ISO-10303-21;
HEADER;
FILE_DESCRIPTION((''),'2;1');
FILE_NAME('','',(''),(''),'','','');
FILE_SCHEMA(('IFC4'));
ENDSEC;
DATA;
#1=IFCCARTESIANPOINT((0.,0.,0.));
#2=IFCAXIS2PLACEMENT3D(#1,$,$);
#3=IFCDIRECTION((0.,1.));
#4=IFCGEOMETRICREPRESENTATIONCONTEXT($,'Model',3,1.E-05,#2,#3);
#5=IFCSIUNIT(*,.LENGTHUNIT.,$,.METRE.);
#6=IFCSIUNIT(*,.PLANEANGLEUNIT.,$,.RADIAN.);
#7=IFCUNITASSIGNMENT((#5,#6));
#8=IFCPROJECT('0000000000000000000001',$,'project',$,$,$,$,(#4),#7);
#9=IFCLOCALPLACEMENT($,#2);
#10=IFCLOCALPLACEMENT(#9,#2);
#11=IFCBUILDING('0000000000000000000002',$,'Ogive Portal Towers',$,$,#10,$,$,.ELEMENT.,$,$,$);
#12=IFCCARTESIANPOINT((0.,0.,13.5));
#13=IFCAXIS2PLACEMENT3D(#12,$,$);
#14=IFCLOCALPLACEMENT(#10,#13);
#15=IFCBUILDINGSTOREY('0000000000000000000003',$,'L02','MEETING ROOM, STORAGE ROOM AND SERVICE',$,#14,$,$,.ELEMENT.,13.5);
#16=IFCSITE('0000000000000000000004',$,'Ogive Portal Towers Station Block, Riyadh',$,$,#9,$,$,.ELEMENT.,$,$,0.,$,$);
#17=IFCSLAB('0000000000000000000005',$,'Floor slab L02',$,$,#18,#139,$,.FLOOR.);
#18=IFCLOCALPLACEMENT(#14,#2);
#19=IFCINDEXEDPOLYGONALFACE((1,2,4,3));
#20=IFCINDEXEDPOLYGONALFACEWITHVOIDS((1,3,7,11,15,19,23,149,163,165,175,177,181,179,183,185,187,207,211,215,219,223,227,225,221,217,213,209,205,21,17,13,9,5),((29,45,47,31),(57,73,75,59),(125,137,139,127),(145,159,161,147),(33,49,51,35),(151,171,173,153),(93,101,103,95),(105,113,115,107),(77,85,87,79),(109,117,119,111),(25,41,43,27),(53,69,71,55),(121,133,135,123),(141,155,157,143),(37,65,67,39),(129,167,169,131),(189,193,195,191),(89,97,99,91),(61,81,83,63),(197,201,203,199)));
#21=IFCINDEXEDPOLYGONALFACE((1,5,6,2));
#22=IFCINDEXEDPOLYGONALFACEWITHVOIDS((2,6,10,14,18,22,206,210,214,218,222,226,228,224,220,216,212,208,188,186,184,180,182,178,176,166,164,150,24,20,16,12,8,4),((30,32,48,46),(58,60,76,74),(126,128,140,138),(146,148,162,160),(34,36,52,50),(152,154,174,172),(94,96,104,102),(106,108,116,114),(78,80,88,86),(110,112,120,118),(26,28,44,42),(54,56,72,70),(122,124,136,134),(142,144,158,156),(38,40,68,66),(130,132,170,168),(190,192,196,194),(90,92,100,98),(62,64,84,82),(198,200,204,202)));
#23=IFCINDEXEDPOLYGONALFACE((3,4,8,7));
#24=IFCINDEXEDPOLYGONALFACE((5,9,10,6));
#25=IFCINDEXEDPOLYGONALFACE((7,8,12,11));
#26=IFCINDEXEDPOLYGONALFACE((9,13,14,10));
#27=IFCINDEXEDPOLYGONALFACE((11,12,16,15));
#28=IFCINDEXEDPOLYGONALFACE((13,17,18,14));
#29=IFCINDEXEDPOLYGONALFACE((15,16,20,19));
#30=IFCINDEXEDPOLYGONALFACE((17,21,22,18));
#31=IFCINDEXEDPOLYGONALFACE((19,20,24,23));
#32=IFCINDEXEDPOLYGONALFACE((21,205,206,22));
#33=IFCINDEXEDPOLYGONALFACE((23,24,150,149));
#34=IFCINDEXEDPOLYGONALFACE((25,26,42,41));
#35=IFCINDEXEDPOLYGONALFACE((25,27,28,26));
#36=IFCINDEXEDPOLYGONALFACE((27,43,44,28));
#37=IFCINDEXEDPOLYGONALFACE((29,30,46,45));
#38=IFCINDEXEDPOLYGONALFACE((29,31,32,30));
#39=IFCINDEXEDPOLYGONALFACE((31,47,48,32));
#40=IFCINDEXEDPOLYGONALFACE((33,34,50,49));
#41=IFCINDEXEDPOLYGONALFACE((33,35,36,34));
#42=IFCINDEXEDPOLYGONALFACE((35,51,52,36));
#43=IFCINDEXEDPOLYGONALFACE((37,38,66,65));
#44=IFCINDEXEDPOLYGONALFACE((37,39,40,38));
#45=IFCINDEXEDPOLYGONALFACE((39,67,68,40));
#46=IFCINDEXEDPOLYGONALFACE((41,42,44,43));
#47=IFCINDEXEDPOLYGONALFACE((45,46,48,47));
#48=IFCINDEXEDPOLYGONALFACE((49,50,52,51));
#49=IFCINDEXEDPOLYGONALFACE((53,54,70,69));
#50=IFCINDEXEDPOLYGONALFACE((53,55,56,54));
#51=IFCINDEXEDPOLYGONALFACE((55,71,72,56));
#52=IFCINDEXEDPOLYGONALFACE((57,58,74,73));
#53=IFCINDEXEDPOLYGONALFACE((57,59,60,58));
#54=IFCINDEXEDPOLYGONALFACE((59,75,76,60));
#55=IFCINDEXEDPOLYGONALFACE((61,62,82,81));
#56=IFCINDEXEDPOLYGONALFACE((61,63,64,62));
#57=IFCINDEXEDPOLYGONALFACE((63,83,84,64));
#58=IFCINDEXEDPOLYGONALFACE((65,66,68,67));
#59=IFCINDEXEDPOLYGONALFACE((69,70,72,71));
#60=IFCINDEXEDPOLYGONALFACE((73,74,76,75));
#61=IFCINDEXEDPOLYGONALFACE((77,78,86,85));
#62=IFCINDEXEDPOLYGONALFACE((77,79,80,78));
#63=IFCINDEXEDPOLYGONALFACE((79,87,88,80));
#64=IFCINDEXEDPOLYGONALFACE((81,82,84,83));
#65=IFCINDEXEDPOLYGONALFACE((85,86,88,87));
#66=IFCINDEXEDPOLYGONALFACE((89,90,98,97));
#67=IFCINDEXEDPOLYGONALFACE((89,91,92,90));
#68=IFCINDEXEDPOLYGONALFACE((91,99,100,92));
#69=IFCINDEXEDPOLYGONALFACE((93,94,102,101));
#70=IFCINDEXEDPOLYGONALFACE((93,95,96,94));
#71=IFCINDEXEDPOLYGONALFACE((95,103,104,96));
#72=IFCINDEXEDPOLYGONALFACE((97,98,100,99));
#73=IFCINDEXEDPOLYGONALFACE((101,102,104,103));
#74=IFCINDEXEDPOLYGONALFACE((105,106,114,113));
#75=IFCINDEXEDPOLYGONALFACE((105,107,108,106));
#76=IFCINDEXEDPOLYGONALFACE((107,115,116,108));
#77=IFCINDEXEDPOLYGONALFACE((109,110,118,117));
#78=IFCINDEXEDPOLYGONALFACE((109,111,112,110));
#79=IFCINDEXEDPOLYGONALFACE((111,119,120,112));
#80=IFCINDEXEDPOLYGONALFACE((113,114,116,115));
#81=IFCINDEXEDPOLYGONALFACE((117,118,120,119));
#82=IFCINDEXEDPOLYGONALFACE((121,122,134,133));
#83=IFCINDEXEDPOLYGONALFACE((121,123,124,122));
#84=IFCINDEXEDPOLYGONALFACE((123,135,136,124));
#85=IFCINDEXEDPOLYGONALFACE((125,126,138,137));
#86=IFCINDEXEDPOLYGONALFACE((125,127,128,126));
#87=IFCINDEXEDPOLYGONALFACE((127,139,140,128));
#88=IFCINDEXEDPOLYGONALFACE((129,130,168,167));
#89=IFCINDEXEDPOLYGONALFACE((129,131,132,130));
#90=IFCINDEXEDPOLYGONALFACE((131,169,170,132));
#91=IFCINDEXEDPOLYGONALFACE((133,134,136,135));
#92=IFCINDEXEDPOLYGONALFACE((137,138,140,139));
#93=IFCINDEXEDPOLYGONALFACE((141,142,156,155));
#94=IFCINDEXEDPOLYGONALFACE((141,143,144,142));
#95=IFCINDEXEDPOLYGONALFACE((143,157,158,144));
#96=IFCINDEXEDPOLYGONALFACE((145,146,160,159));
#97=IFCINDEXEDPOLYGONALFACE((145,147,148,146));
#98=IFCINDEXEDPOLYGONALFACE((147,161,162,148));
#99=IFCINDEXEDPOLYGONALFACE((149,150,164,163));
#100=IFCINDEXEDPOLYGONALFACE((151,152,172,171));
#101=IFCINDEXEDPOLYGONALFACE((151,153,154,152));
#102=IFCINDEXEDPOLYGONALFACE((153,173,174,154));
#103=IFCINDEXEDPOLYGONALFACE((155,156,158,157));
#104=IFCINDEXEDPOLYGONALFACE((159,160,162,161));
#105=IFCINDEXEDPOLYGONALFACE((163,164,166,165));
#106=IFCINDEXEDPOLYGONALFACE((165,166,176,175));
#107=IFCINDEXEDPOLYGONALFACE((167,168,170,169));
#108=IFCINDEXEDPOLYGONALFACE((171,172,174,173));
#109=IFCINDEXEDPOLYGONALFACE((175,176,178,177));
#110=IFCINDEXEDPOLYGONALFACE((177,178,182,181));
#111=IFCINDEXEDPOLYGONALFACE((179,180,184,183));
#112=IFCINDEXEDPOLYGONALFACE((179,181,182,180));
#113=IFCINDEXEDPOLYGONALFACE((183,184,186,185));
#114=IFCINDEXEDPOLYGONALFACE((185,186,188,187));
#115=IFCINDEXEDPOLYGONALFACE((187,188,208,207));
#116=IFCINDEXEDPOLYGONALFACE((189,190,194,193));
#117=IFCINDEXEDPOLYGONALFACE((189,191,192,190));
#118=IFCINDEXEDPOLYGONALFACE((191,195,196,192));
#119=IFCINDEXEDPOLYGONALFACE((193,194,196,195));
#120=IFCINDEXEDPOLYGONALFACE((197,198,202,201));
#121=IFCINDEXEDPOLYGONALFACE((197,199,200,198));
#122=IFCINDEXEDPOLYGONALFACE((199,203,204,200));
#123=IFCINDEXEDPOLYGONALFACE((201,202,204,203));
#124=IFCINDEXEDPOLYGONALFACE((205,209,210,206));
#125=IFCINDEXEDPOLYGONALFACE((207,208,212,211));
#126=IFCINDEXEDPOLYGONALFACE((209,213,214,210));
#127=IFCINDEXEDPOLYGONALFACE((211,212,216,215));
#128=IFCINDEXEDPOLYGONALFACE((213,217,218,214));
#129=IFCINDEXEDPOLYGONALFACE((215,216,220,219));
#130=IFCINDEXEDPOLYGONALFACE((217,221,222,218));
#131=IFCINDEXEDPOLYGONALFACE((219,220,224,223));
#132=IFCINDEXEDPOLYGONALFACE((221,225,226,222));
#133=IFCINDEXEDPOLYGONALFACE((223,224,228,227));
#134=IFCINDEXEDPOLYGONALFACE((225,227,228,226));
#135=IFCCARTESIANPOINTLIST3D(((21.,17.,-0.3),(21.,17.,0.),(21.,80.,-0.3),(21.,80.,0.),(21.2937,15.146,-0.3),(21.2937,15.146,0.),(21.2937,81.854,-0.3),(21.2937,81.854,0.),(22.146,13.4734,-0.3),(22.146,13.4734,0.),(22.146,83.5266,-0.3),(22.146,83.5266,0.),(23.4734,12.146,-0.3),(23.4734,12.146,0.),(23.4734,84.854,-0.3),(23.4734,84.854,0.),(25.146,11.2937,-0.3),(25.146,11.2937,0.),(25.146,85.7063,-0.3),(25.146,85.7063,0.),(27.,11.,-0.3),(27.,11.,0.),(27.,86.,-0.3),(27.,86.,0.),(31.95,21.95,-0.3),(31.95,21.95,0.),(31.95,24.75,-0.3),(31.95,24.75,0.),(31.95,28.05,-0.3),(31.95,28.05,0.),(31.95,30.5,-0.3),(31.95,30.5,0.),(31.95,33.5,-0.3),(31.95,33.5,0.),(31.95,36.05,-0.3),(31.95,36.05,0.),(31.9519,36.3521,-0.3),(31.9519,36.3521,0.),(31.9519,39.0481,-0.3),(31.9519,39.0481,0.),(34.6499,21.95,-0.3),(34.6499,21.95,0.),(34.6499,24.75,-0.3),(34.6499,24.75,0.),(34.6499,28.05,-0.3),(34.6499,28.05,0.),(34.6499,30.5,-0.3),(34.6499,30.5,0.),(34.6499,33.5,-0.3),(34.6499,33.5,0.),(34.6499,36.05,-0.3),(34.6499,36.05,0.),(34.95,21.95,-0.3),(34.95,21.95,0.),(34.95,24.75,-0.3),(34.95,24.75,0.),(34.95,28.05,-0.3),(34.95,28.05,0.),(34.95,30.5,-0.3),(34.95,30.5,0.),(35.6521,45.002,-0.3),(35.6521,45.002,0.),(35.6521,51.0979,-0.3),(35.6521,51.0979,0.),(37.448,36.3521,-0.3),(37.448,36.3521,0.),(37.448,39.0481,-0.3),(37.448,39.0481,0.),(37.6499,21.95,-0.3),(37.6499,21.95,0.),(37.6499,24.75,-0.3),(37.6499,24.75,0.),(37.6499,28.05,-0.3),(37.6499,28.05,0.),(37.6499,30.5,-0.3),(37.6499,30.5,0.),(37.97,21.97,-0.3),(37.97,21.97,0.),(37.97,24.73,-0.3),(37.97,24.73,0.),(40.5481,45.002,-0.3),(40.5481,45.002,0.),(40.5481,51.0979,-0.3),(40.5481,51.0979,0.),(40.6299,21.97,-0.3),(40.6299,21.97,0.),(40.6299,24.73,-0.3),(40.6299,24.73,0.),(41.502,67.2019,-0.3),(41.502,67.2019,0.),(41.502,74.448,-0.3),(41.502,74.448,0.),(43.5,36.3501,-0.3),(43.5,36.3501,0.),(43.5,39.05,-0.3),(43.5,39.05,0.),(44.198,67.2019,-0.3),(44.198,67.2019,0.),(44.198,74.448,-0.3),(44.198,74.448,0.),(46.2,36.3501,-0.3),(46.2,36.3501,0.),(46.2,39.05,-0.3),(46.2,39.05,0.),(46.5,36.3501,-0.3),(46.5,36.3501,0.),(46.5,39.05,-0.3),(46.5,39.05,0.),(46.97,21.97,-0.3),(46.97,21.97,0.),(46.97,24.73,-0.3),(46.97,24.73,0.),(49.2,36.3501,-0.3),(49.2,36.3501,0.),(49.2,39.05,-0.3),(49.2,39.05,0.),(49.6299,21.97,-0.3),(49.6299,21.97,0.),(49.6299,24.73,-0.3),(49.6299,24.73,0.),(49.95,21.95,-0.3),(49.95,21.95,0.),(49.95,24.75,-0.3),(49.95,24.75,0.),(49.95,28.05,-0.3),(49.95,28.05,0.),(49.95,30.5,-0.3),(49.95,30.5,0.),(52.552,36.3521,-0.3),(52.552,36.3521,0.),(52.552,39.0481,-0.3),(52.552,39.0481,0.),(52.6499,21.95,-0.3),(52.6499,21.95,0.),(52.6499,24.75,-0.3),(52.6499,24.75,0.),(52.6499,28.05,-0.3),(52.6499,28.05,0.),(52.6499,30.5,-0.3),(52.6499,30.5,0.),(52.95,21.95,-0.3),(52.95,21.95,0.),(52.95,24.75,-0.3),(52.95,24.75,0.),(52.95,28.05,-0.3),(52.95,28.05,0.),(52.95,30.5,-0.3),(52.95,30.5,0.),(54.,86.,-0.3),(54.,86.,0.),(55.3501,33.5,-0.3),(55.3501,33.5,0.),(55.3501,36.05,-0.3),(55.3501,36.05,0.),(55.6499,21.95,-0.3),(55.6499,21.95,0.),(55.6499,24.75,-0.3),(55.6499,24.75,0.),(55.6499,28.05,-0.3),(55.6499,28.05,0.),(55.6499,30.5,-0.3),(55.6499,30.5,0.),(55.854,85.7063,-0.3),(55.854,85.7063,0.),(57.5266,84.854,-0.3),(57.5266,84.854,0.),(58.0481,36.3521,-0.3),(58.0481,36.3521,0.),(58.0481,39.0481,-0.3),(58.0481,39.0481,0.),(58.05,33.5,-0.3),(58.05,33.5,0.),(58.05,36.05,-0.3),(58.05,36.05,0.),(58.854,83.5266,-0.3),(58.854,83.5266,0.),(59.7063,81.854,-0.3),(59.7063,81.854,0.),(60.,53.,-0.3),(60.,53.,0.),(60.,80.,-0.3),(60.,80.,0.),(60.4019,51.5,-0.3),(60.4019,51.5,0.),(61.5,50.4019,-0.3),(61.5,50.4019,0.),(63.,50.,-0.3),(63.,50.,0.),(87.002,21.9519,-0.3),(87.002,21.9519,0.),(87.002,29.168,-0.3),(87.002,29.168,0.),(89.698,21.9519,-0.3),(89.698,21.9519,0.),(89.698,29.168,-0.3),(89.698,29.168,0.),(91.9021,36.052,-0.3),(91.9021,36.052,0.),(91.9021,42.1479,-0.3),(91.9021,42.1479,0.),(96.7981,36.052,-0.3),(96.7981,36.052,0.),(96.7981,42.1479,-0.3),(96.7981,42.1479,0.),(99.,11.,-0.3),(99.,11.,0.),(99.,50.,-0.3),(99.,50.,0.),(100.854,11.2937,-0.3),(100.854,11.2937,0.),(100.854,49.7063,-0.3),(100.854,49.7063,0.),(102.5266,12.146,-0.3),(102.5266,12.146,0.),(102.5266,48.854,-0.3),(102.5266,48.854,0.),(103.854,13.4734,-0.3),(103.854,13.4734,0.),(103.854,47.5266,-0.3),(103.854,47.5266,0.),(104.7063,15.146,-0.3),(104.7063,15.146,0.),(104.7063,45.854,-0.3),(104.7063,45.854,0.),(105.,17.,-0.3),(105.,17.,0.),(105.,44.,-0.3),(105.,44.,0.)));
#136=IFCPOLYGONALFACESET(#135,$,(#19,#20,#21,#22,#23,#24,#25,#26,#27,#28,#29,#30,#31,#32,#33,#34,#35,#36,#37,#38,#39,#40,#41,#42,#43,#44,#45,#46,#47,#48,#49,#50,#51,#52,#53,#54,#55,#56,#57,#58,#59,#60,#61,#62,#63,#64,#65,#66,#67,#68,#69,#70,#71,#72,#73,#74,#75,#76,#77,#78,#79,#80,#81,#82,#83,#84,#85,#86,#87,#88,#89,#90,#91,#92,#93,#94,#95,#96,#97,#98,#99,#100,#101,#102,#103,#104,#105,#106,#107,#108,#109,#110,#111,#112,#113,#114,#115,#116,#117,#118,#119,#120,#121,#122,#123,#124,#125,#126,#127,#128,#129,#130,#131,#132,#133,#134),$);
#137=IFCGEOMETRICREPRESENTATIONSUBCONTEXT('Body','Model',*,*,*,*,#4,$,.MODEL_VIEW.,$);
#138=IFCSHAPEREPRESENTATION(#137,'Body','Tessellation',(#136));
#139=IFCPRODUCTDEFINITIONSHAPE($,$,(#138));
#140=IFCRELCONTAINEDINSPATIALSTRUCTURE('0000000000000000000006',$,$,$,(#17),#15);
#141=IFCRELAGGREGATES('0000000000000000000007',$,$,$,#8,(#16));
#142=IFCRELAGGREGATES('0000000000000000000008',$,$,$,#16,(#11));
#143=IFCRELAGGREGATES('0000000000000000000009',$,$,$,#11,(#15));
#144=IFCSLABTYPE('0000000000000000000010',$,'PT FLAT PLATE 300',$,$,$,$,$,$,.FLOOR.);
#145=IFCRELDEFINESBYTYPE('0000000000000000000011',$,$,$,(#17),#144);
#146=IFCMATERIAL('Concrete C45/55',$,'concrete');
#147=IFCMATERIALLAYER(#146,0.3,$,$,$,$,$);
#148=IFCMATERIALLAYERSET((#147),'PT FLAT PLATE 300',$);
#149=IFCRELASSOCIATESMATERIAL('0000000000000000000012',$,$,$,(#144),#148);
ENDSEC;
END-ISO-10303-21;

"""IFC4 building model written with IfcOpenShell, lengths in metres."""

from ifc_helpers import new_model, si_unit, direction, frame, origin, place, context, subcontext, project, spatial, polyline, outline, extrude, material, layer, layer_set, type_object, element, save


model = new_model("IFC4")

# Units and contexts
model_context = context("Model", 3, precision=1e-05, world=origin(), true_north=direction((0.0, 1.0)))
body_context = subcontext(model_context, "Body", "Model", "MODEL_VIEW")
ifc_project = project(units=[si_unit("LENGTHUNIT", "METRE"), si_unit("PLANEANGLEUNIT", "RADIAN")], contexts=[model_context])

# Site, building, storey
site_placement = place(None, origin())
site = spatial("IfcSite", under=ifc_project, at=site_placement, Name="Ogive Portal Towers Station Block, Riyadh", CompositionType="ELEMENT", RefElevation=0.0)
building_placement = place(site_placement, origin())
building = spatial("IfcBuilding", under=site, at=building_placement, Name="Ogive Portal Towers", CompositionType="ELEMENT")
storey_placement = place(building_placement, frame((0.0, 0.0, 13.5)))
storey = spatial("IfcBuildingStorey", under=building, at=storey_placement, Name="L02", Description="MEETING ROOM, STORAGE ROOM AND SERVICE", CompositionType="ELEMENT", Elevation=13.5)

# Slab
ifc_material_1 = material(Name="Concrete C45/55", Category="concrete")
ifc_layer_1 = layer(ifc_material_1, 0.3)
ifc_layer_set_1 = layer_set([ifc_layer_1], Name="PT FLAT PLATE 300")
slab_type_1 = type_object("IfcSlabType", Name="PT FLAT PLATE 300", PredefinedType="FLOOR", material=ifc_layer_set_1)
slab_1_placement = place(storey_placement, frame((0.0, 0.0, -0.3)))
element("IfcSlab", 1, at=slab_1_placement, inside=storey, type_object=slab_type_1, Name="Floor slab L02", PredefinedType="FLOOR", context=body_context, shape_type="SweptSolid", body=[
    extrude(outline(polyline([(21.0, 80.0), (21.0, 17.0), (21.2937, 15.146), (22.146, 13.4734), (23.4734, 12.146), (25.146, 11.2937), (27.0, 11.0), (99.0, 11.0), (100.854, 11.2937), (102.5266, 12.146), (103.854, 13.4734), (104.7063, 15.146), (105.0, 17.0), (105.0, 44.0), (104.7063, 45.854), (103.854, 47.5266), (102.5266, 48.854), (100.854, 49.7063), (99.0, 50.0), (63.0, 50.0), (61.5, 50.4019), (60.4019, 51.5), (60.0, 53.0), (60.0, 80.0), (59.7063, 81.854), (58.854, 83.5266), (57.5266, 84.854), (55.854, 85.7063), (54.0, 86.0), (27.0, 86.0), (25.146, 85.7063), (23.4734, 84.854), (22.146, 83.5266), (21.2937, 81.854), (21.0, 80.0)]), holes=[polyline([(34.6499, 24.75), (34.6499, 21.95), (31.95, 21.95), (31.95, 24.75), (34.6499, 24.75)]), polyline([(37.6499, 24.75), (37.6499, 21.95), (34.95, 21.95), (34.95, 24.75), (37.6499, 24.75)]), polyline([(40.6299, 21.97), (37.97, 21.97), (37.97, 24.73), (40.6299, 24.73), (40.6299, 21.97)]), polyline([(34.6499, 28.05), (31.95, 28.05), (31.95, 30.5), (34.6499, 30.5), (34.6499, 28.05)]), polyline([(37.6499, 28.05), (34.95, 28.05), (34.95, 30.5), (37.6499, 30.5), (37.6499, 28.05)]), polyline([(34.6499, 36.05), (34.6499, 33.5), (31.95, 33.5), (31.95, 36.05), (34.6499, 36.05)]), polyline([(37.448, 39.0481), (37.448, 36.3521), (31.9519, 36.3521), (31.9519, 39.0481), (37.448, 39.0481)]), polyline([(46.2, 36.3501), (43.5, 36.3501), (43.5, 39.05), (46.2, 39.05), (46.2, 36.3501)]), polyline([(49.2, 39.05), (49.2, 36.3501), (46.5, 36.3501), (46.5, 39.05), (49.2, 39.05)]), polyline([(40.5481, 45.002), (35.6521, 45.002), (35.6521, 51.0979), (40.5481, 51.0979), (40.5481, 45.002)]), polyline([(44.198, 67.2019), (41.502, 67.2019), (41.502, 74.448), (44.198, 74.448), (44.198, 67.2019)]), polyline([(49.6299, 21.97), (46.97, 21.97), (46.97, 24.73), (49.6299, 24.73), (49.6299, 21.97)]), polyline([(52.6499, 24.75), (52.6499, 21.95), (49.95, 21.95), (49.95, 24.75), (52.6499, 24.75)]), polyline([(55.6499, 21.95), (52.95, 21.95), (52.95, 24.75), (55.6499, 24.75), (55.6499, 21.95)]), polyline([(87.002, 29.168), (89.698, 29.168), (89.698, 21.9519), (87.002, 21.9519), (87.002, 29.168)]), polyline([(52.6499, 30.5), (52.6499, 28.05), (49.95, 28.05), (49.95, 30.5), (52.6499, 30.5)]), polyline([(55.6499, 28.05), (52.95, 28.05), (52.95, 30.5), (55.6499, 30.5), (55.6499, 28.05)]), polyline([(58.05, 36.05), (58.05, 33.5), (55.3501, 33.5), (55.3501, 36.05), (58.05, 36.05)]), polyline([(52.552, 36.3521), (52.552, 39.0481), (58.0481, 39.0481), (58.0481, 36.3521), (52.552, 36.3521)]), polyline([(96.7981, 36.052), (91.9021, 36.052), (91.9021, 42.1479), (96.7981, 42.1479), (96.7981, 36.052)])]), origin(), (0.0, 0.0, 1.0), 0.3),
])

save(model, "model.ifc")
